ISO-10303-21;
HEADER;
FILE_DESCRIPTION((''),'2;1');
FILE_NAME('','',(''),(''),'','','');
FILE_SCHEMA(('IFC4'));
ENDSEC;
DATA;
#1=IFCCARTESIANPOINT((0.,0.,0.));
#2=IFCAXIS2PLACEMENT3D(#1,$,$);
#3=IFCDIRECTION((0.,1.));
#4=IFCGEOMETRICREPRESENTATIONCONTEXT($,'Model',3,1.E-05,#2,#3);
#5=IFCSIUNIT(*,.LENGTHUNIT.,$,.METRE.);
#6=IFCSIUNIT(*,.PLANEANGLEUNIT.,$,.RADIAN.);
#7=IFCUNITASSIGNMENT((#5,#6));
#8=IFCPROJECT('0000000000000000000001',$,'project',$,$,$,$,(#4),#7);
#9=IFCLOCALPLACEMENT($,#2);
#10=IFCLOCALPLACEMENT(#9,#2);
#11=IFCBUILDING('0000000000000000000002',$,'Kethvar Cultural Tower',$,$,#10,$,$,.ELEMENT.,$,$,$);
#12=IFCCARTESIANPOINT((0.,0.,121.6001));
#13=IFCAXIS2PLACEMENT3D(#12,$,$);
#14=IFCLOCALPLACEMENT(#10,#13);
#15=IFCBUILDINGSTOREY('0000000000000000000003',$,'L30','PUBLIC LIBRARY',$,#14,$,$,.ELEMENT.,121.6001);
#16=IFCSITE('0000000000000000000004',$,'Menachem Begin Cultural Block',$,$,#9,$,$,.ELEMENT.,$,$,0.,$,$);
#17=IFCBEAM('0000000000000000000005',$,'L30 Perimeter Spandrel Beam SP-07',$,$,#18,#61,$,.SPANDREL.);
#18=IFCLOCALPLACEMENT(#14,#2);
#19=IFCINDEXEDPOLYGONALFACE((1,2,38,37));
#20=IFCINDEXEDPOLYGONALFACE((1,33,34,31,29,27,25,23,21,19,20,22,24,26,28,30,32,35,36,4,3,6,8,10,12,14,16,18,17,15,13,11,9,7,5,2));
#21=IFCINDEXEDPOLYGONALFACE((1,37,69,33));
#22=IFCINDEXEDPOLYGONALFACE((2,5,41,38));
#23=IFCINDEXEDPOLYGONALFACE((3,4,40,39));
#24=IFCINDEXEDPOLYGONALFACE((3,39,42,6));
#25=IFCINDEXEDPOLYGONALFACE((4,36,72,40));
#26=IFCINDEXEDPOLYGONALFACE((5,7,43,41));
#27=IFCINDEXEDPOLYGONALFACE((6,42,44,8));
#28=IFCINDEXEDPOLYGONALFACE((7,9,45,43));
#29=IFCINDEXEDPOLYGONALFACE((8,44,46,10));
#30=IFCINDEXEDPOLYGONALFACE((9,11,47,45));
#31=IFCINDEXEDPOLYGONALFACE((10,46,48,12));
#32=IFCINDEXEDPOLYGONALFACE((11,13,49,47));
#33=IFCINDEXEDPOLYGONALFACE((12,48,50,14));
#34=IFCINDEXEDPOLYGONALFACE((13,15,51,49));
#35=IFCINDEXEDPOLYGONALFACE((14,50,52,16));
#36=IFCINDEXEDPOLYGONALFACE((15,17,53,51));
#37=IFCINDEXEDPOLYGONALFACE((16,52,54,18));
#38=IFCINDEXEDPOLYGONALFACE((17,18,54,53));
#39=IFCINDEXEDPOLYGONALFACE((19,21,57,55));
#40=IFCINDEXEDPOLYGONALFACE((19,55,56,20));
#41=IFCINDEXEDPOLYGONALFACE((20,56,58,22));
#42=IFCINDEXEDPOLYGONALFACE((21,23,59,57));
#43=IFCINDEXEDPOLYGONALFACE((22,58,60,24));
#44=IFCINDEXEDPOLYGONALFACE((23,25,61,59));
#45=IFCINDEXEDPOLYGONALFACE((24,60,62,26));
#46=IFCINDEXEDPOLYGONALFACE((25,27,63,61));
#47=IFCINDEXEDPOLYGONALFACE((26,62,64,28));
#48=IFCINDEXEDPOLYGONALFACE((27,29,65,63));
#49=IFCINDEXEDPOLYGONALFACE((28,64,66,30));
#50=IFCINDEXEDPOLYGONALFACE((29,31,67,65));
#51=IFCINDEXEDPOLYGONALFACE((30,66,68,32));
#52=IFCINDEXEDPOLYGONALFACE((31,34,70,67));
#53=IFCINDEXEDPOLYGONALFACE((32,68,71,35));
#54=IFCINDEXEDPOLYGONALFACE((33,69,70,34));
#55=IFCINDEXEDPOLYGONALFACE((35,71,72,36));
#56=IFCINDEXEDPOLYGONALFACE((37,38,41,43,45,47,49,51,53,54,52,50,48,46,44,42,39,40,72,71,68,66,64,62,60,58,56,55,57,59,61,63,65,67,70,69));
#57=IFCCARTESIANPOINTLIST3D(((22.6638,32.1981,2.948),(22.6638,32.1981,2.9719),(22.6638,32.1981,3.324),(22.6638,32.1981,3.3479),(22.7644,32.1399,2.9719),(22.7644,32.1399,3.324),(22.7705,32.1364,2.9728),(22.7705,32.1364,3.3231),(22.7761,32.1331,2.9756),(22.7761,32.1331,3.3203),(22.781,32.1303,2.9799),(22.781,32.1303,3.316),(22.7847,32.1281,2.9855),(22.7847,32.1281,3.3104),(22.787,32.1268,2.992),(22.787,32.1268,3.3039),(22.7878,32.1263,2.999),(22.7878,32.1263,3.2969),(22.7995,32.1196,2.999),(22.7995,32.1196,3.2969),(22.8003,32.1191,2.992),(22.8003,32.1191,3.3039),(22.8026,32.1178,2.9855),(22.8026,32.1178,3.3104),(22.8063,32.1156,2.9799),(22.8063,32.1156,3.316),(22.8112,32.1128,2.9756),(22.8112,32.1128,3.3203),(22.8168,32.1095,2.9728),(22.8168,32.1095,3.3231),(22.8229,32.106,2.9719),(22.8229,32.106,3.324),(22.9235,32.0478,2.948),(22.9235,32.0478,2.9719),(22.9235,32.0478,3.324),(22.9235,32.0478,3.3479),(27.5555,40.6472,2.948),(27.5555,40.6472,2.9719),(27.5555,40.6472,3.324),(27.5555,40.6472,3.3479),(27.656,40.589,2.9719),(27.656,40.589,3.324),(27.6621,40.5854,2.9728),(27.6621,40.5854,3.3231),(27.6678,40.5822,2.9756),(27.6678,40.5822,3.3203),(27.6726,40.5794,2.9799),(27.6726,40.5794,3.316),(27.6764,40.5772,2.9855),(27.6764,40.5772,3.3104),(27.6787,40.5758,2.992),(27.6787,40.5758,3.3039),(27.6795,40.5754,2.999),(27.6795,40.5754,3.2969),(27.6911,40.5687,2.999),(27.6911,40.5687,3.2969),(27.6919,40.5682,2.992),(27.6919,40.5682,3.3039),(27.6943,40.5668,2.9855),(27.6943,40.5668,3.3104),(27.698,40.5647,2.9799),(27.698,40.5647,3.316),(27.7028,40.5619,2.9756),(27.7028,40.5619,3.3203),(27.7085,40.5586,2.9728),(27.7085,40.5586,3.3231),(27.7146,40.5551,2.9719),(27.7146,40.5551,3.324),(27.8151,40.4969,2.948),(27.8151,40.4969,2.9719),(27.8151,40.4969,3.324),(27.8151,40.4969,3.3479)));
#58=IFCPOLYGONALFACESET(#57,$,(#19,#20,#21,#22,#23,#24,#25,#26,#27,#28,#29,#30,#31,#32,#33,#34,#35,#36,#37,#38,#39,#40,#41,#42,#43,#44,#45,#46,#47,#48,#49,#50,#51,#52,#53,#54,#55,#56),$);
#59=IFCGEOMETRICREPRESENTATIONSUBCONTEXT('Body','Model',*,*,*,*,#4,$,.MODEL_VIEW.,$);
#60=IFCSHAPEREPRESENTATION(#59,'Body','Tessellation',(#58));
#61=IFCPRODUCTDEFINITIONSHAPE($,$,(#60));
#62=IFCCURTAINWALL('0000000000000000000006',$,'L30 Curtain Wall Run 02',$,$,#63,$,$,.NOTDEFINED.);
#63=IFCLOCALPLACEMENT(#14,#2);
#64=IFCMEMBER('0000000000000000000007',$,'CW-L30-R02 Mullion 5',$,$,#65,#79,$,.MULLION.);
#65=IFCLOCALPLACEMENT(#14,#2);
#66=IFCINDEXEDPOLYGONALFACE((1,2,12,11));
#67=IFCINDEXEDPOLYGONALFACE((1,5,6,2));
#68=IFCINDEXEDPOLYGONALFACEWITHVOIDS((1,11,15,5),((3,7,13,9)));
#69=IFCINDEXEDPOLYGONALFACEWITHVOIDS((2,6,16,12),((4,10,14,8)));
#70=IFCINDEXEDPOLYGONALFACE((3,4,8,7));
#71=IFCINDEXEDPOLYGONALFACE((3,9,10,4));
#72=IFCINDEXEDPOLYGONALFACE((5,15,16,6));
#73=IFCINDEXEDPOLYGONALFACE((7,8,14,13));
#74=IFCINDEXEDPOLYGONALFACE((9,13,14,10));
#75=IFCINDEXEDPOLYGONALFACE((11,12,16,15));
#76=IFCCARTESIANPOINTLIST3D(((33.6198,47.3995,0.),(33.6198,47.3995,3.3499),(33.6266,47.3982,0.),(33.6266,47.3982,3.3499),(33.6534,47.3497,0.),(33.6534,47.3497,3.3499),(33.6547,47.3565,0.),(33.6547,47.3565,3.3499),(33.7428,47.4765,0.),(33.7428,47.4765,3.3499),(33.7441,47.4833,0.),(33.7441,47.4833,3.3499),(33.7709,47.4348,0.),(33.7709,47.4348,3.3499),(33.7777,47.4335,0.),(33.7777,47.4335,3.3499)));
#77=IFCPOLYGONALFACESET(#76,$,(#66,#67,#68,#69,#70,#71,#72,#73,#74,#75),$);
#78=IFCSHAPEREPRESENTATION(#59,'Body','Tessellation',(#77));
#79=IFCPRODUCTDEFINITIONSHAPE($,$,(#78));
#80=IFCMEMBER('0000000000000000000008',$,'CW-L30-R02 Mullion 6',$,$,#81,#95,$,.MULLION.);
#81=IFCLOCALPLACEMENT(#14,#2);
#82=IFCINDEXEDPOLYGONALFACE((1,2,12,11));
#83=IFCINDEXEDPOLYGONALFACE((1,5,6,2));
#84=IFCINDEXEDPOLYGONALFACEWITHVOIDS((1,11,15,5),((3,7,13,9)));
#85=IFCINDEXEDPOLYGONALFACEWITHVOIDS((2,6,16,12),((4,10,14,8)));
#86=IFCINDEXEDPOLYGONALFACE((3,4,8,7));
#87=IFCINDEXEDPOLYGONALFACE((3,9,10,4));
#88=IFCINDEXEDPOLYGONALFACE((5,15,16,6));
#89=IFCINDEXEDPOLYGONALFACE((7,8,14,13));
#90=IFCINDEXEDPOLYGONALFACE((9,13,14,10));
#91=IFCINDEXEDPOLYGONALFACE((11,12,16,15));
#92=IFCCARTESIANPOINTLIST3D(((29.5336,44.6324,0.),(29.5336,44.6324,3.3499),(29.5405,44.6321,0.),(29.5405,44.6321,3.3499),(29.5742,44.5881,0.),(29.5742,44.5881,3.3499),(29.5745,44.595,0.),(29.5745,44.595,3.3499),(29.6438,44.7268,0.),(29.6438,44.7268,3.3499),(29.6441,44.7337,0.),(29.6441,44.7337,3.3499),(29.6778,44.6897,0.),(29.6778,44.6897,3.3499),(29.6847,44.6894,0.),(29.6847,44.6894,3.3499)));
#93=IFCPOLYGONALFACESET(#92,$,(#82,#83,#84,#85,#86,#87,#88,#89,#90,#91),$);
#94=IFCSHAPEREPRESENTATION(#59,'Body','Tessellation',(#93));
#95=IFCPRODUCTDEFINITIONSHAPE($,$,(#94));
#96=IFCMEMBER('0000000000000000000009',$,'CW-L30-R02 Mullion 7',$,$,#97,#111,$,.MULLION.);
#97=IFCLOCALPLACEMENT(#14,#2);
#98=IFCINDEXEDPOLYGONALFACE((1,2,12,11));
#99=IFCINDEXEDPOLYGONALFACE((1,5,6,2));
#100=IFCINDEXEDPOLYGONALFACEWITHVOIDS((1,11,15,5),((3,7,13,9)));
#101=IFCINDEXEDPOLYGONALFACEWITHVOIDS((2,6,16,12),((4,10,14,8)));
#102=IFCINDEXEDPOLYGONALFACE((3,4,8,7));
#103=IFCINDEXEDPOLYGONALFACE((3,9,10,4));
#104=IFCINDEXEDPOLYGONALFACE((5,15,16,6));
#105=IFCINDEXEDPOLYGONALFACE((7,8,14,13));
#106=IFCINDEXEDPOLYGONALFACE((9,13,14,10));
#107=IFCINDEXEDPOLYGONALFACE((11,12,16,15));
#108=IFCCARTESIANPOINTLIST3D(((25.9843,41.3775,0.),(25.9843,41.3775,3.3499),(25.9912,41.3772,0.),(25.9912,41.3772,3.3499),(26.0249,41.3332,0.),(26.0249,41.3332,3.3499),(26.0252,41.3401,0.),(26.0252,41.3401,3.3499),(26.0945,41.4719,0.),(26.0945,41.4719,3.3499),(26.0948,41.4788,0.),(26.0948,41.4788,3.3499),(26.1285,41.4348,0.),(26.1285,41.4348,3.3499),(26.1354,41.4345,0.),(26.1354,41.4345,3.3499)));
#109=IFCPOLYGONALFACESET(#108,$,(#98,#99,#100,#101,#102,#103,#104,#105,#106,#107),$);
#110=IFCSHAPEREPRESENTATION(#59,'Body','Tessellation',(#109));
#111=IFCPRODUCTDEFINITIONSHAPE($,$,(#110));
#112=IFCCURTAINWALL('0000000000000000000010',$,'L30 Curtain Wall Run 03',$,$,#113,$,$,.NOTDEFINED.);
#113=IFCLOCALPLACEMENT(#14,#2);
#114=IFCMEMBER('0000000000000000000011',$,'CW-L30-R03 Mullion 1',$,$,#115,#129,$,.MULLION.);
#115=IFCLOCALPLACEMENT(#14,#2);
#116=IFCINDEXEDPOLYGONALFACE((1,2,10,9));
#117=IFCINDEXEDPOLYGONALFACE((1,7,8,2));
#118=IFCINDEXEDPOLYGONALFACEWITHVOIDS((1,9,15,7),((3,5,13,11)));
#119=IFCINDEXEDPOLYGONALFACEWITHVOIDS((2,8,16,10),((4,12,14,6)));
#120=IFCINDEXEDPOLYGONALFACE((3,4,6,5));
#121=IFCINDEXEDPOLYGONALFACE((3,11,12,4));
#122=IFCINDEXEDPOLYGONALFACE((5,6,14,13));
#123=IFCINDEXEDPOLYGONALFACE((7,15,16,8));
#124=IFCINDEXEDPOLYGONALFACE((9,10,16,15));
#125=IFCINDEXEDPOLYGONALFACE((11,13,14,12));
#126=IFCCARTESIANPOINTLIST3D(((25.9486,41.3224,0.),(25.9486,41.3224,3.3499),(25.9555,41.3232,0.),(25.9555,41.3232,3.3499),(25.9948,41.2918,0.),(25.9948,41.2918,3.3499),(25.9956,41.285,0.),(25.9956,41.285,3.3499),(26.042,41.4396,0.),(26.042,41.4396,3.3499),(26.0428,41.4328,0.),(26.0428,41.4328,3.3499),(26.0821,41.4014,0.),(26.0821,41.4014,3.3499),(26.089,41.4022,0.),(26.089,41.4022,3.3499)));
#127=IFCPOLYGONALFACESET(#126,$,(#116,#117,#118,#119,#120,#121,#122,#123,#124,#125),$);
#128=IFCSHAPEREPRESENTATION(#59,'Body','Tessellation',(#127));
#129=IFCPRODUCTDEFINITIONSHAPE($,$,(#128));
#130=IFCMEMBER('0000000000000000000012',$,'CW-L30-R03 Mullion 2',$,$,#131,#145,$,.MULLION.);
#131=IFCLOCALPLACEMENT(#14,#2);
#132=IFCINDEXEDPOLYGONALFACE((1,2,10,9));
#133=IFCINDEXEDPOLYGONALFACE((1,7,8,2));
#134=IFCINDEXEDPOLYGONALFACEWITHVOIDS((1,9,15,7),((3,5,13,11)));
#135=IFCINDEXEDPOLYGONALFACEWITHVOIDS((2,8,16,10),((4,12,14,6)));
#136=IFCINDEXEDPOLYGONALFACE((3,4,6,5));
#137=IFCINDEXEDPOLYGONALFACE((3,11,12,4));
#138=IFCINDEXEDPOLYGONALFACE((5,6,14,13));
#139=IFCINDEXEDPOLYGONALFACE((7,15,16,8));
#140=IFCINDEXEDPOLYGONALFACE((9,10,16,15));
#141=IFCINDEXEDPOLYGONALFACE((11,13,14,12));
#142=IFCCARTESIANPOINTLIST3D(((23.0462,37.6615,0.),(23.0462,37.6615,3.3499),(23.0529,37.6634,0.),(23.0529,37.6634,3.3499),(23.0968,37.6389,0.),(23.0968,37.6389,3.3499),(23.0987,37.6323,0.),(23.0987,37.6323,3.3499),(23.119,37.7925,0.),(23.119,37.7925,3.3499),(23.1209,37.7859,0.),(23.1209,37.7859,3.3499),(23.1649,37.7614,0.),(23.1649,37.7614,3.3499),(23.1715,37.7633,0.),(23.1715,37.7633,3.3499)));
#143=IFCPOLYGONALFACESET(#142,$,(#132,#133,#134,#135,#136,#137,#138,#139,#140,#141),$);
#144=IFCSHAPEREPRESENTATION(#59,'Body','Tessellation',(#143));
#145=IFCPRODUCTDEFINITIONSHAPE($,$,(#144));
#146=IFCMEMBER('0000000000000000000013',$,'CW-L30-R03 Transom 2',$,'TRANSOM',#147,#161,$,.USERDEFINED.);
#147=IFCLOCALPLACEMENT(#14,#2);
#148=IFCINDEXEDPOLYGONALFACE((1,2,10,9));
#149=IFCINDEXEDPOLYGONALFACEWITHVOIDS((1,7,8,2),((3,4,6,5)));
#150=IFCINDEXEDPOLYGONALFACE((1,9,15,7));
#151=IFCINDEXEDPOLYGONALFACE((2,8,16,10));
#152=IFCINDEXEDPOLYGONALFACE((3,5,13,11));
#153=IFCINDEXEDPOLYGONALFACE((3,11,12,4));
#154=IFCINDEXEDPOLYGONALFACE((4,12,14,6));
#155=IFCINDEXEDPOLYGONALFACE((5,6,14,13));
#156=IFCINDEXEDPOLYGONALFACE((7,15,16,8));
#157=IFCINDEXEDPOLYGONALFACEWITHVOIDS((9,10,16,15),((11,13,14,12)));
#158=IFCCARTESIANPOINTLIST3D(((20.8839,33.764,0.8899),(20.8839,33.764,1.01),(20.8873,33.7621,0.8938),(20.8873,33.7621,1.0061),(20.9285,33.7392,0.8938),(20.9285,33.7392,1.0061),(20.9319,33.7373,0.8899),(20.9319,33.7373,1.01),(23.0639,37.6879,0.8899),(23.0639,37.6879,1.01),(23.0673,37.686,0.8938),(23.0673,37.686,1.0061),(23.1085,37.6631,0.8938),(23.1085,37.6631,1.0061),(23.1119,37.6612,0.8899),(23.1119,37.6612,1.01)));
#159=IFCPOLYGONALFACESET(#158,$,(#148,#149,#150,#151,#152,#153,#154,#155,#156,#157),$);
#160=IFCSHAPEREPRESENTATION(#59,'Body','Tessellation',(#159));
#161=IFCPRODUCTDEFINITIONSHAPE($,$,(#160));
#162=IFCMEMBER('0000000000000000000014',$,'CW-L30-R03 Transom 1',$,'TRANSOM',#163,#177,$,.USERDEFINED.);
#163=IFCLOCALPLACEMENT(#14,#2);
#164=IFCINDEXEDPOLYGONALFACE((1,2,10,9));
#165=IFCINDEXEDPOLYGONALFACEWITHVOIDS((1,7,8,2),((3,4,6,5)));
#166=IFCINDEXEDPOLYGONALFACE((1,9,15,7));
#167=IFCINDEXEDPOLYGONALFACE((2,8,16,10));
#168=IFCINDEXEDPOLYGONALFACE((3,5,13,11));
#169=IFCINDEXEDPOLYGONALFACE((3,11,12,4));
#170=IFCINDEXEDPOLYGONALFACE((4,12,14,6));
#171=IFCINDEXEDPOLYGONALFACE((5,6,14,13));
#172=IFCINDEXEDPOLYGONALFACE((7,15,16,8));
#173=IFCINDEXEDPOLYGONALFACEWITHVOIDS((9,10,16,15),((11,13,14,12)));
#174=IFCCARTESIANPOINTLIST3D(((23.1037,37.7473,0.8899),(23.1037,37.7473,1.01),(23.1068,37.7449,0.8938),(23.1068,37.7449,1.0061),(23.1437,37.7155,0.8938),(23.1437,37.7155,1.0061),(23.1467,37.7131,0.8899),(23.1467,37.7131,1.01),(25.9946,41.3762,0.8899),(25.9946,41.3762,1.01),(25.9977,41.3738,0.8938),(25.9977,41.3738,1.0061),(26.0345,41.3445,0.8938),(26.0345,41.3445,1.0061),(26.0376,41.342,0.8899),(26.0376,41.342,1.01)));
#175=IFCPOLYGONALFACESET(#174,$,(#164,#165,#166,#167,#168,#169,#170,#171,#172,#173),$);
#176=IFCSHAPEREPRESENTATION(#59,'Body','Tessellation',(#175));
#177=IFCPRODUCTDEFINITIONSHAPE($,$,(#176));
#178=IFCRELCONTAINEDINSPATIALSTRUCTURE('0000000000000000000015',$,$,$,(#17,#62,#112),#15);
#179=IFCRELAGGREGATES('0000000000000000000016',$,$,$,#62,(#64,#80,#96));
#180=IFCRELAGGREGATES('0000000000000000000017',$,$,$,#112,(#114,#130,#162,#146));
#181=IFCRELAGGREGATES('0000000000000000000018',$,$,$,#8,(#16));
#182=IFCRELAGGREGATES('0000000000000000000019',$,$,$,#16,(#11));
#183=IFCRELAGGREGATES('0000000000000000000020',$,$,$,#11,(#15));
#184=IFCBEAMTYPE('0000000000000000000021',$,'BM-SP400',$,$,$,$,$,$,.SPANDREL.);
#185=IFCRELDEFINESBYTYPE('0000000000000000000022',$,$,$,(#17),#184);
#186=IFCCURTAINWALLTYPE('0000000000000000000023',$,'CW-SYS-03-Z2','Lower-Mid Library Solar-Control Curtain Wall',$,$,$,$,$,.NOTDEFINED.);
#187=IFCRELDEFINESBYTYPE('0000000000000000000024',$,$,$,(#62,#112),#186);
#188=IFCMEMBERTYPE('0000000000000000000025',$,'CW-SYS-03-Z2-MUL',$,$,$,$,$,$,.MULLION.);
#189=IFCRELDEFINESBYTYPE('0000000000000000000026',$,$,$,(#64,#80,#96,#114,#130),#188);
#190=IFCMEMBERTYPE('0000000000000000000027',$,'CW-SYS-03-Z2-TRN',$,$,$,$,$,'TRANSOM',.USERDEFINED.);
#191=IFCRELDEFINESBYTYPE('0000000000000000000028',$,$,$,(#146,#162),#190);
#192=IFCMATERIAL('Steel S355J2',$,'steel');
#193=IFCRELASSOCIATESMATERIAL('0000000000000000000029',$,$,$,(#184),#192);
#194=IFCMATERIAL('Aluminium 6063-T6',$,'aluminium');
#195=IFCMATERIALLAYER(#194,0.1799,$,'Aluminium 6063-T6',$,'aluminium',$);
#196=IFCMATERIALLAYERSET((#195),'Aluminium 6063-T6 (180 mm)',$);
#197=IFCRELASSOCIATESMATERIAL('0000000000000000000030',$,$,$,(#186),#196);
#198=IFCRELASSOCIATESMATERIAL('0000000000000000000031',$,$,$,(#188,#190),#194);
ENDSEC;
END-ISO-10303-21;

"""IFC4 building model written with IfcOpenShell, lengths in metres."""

from ifc_helpers import new_model, si_unit, direction, frame, origin, origin_2d, place, context, subcontext, project, spatial, hollow_rectangle, i_section, extrude, source, transform, mapped, material, layer, layer_set, material_profile, profile_set, type_object, element, aggregate, save


model = new_model("IFC4")

# Units and contexts
model_context = context("Model", 3, precision=1e-05, world=origin(), true_north=direction((0.0, 1.0)))
body_context = subcontext(model_context, "Body", "Model", "MODEL_VIEW")
ifc_project = project(units=[si_unit("LENGTHUNIT", "METRE"), si_unit("PLANEANGLEUNIT", "RADIAN")], contexts=[model_context])

# Site, building, storey
site_placement = place(None, origin())
site = spatial("IfcSite", under=ifc_project, at=site_placement, Name="Menachem Begin Cultural Block", CompositionType="ELEMENT", RefElevation=0.0)
building_placement = place(site_placement, origin())
building = spatial("IfcBuilding", under=site, at=building_placement, Name="Kethvar Cultural Tower", CompositionType="ELEMENT")
storey_placement = place(building_placement, frame((0.0, 0.0, 121.6001)))
storey = spatial("IfcBuildingStorey", under=building, at=storey_placement, Name="L30", Description="PUBLIC LIBRARY", CompositionType="ELEMENT", Elevation=121.6001)

# Beam
ifc_material_1 = material(Name="Steel S355J2", Category="steel")
ifc_material_profile_1 = material_profile(ifc_material_1, i_section(OverallWidth=0.3, OverallDepth=0.3999, WebThickness=0.0134, FlangeThickness=0.0239, FilletRadius=0.0271, at=origin_2d()), Name="Steel S355J2 — HEB400")
ifc_profile_set_1 = profile_set([ifc_material_profile_1], Name="Steel S355J2 — HEB400")
beam_type_1 = type_object("IfcBeamType", Name="BM-SP400", PredefinedType="SPANDREL", material=ifc_profile_set_1)
shared_shape_1 = source(origin(), body_context, "Body", "SweptSolid", [
    extrude(i_section(OverallWidth=0.3, OverallDepth=0.3999, WebThickness=0.0134, FlangeThickness=0.0239, FilletRadius=0.0271, at=origin_2d()), origin(), (0.0, 0.0, 1.0), 9.7629),
])
beam_1_placement = place(storey_placement, frame((27.6853, 40.572, 3.1479), z_axis=(-0.501043, -0.865422, 0.0), x_axis=(0.865422, -0.501043, 0.0)))
element("IfcBeam", 1, at=beam_1_placement, inside=storey, type_object=beam_type_1, Name="L30 Perimeter Spandrel Beam SP-07", PredefinedType="SPANDREL", context=body_context, shape_type="MappedRepresentation", body=[
    mapped(shared_shape_1, transform((0.0, 0.0, 0.0), scale=1.0)),
])

# Curtain walls, members
ifc_material_2 = material(Name="Aluminium 6063-T6", Category="aluminium")
ifc_layer_1 = layer(ifc_material_2, 0.1799, Name="Aluminium 6063-T6", Category="aluminium")
ifc_layer_set_1 = layer_set([ifc_layer_1], Name="Aluminium 6063-T6 (180 mm)")
curtain_wall_type = type_object("IfcCurtainWallType", Name="CW-SYS-03-Z2", Description="Lower-Mid Library Solar-Control Curtain Wall", PredefinedType="NOTDEFINED", material=ifc_layer_set_1)
curtain_wall_1_placement = place(storey_placement, origin())
curtain_wall_1 = element("IfcCurtainWall", 2, at=curtain_wall_1_placement, inside=storey, type_object=curtain_wall_type, Name="L30 Curtain Wall Run 02", PredefinedType="NOTDEFINED")
ifc_material_profile_2 = material_profile(ifc_material_2, hollow_rectangle(XDim=0.0601, YDim=0.1499, WallThickness=0.0049, at=origin_2d()), Name="Aluminium 6063-T6 — RHS150x60x5")
ifc_profile_set_2 = profile_set([ifc_material_profile_2], Name="Aluminium 6063-T6 — RHS150x60x5")
member_type_1 = type_object("IfcMemberType", Name="CW-SYS-03-Z2-MUL", PredefinedType="MULLION", material=ifc_profile_set_2)
shared_shape_2 = source(origin(), body_context, "Body", "SweptSolid", [
    extrude(hollow_rectangle(XDim=0.0601, YDim=0.1499, WallThickness=0.0049, at=origin_2d()), origin(), (0.0, 0.0, 1.0), 3.3499),
])
member_1_placement = place(storey_placement, frame((33.6987, 47.4165, 0.0), z_axis=(0.0, 0.0, 1.0), x_axis=(0.559019, -0.829155, 0.0)))
member_1 = element("IfcMember", 3, at=member_1_placement, type_object=member_type_1, Name="CW-L30-R02 Mullion 5", PredefinedType="MULLION", context=body_context, shape_type="MappedRepresentation", body=[
    mapped(shared_shape_2, transform((0.0, 0.0, 0.0), scale=1.0)),
])
member_2_placement = place(storey_placement, frame((29.6091, 44.6609, 0.0), z_axis=(0.0, 0.0, 1.0), x_axis=(0.67586, -0.73703, 0.0)))
member_2 = element("IfcMember", 4, at=member_2_placement, type_object=member_type_1, Name="CW-L30-R02 Mullion 6", PredefinedType="MULLION", context=body_context, shape_type="MappedRepresentation", body=[
    mapped(shared_shape_2, transform((0.0, 0.0, 0.0), scale=1.0)),
])
member_3_placement = place(storey_placement, frame((26.0598, 41.406, 0.0), z_axis=(0.0, 0.0, 1.0), x_axis=(0.67586, -0.73703, 0.0)))
member_3 = element("IfcMember", 5, at=member_3_placement, type_object=member_type_1, Name="CW-L30-R02 Mullion 7", PredefinedType="MULLION", context=body_context, shape_type="MappedRepresentation", body=[
    mapped(shared_shape_2, transform((0.0, 0.0, 0.0), scale=1.0)),
])
curtain_wall_2_placement = place(storey_placement, origin())
curtain_wall_2 = element("IfcCurtainWall", 6, at=curtain_wall_2_placement, inside=storey, type_object=curtain_wall_type, Name="L30 Curtain Wall Run 03", PredefinedType="NOTDEFINED")
member_4_placement = place(storey_placement, frame((26.0188, 41.3623, 0.0), z_axis=(0.0, 0.0, 1.0), x_axis=(0.78213, -0.623115, 0.0)))
member_4 = element("IfcMember", 7, at=member_4_placement, type_object=member_type_1, Name="CW-L30-R03 Mullion 1", PredefinedType="MULLION", context=body_context, shape_type="MappedRepresentation", body=[
    mapped(shared_shape_2, transform((0.0, 0.0, 0.0), scale=1.0)),
])
member_5_placement = place(storey_placement, frame((23.1089, 37.7124, 0.0), z_axis=(0.0, 0.0, 1.0), x_axis=(0.874145, -0.485664, 0.0)))
member_5 = element("IfcMember", 8, at=member_5_placement, type_object=member_type_1, Name="CW-L30-R03 Mullion 2", PredefinedType="MULLION", context=body_context, shape_type="MappedRepresentation", body=[
    mapped(shared_shape_2, transform((0.0, 0.0, 0.0), scale=1.0)),
])
ifc_material_profile_3 = material_profile(ifc_material_2, hollow_rectangle(XDim=0.0549, YDim=0.1201, WallThickness=0.0039, at=origin_2d()), Name="Aluminium 6063-T6 — RHS120x55x4")
ifc_profile_set_3 = profile_set([ifc_material_profile_3], Name="Aluminium 6063-T6 — RHS120x55x4")
member_type_2 = type_object("IfcMemberType", Name="CW-SYS-03-Z2-TRN", ElementType="TRANSOM", PredefinedType="USERDEFINED", material=ifc_profile_set_3)
shared_shape_3 = source(origin(), body_context, "Body", "SweptSolid", [
    extrude(hollow_rectangle(XDim=0.0549, YDim=0.1201, WallThickness=0.0039, at=origin_2d()), origin(), (0.0, 0.0, 1.0), 4.4888),
])
member_6_placement = place(storey_placement, frame((23.0879, 37.6746, 0.95), z_axis=(-0.485648, -0.874155, 0.0), x_axis=(0.874155, -0.485648, 0.0)))
member_6 = element("IfcMember", 9, at=member_6_placement, type_object=member_type_2, Name="CW-L30-R03 Transom 2", ObjectType="TRANSOM", PredefinedType="USERDEFINED", context=body_context, shape_type="MappedRepresentation", body=[
    mapped(shared_shape_3, transform((0.0, 0.0, 0.0), scale=1.0)),
])
shared_shape_4 = source(origin(), body_context, "Body", "SweptSolid", [
    extrude(hollow_rectangle(XDim=0.0549, YDim=0.1201, WallThickness=0.0039, at=origin_2d()), origin(), (0.0, 0.0, 1.0), 4.6396),
])
member_7_placement = place(storey_placement, frame((26.0161, 41.3591, 0.95), z_axis=(-0.623083, -0.782156, 0.0), x_axis=(0.782156, -0.623083, 0.0)))
member_7 = element("IfcMember", 10, at=member_7_placement, type_object=member_type_2, Name="CW-L30-R03 Transom 1", ObjectType="TRANSOM", PredefinedType="USERDEFINED", context=body_context, shape_type="MappedRepresentation", body=[
    mapped(shared_shape_4, transform((0.0, 0.0, 0.0), scale=1.0)),
])

aggregate(curtain_wall_1, [member_1, member_2, member_3])
aggregate(curtain_wall_2, [member_4, member_5, member_7, member_6])

save(model, "model.ifc")
